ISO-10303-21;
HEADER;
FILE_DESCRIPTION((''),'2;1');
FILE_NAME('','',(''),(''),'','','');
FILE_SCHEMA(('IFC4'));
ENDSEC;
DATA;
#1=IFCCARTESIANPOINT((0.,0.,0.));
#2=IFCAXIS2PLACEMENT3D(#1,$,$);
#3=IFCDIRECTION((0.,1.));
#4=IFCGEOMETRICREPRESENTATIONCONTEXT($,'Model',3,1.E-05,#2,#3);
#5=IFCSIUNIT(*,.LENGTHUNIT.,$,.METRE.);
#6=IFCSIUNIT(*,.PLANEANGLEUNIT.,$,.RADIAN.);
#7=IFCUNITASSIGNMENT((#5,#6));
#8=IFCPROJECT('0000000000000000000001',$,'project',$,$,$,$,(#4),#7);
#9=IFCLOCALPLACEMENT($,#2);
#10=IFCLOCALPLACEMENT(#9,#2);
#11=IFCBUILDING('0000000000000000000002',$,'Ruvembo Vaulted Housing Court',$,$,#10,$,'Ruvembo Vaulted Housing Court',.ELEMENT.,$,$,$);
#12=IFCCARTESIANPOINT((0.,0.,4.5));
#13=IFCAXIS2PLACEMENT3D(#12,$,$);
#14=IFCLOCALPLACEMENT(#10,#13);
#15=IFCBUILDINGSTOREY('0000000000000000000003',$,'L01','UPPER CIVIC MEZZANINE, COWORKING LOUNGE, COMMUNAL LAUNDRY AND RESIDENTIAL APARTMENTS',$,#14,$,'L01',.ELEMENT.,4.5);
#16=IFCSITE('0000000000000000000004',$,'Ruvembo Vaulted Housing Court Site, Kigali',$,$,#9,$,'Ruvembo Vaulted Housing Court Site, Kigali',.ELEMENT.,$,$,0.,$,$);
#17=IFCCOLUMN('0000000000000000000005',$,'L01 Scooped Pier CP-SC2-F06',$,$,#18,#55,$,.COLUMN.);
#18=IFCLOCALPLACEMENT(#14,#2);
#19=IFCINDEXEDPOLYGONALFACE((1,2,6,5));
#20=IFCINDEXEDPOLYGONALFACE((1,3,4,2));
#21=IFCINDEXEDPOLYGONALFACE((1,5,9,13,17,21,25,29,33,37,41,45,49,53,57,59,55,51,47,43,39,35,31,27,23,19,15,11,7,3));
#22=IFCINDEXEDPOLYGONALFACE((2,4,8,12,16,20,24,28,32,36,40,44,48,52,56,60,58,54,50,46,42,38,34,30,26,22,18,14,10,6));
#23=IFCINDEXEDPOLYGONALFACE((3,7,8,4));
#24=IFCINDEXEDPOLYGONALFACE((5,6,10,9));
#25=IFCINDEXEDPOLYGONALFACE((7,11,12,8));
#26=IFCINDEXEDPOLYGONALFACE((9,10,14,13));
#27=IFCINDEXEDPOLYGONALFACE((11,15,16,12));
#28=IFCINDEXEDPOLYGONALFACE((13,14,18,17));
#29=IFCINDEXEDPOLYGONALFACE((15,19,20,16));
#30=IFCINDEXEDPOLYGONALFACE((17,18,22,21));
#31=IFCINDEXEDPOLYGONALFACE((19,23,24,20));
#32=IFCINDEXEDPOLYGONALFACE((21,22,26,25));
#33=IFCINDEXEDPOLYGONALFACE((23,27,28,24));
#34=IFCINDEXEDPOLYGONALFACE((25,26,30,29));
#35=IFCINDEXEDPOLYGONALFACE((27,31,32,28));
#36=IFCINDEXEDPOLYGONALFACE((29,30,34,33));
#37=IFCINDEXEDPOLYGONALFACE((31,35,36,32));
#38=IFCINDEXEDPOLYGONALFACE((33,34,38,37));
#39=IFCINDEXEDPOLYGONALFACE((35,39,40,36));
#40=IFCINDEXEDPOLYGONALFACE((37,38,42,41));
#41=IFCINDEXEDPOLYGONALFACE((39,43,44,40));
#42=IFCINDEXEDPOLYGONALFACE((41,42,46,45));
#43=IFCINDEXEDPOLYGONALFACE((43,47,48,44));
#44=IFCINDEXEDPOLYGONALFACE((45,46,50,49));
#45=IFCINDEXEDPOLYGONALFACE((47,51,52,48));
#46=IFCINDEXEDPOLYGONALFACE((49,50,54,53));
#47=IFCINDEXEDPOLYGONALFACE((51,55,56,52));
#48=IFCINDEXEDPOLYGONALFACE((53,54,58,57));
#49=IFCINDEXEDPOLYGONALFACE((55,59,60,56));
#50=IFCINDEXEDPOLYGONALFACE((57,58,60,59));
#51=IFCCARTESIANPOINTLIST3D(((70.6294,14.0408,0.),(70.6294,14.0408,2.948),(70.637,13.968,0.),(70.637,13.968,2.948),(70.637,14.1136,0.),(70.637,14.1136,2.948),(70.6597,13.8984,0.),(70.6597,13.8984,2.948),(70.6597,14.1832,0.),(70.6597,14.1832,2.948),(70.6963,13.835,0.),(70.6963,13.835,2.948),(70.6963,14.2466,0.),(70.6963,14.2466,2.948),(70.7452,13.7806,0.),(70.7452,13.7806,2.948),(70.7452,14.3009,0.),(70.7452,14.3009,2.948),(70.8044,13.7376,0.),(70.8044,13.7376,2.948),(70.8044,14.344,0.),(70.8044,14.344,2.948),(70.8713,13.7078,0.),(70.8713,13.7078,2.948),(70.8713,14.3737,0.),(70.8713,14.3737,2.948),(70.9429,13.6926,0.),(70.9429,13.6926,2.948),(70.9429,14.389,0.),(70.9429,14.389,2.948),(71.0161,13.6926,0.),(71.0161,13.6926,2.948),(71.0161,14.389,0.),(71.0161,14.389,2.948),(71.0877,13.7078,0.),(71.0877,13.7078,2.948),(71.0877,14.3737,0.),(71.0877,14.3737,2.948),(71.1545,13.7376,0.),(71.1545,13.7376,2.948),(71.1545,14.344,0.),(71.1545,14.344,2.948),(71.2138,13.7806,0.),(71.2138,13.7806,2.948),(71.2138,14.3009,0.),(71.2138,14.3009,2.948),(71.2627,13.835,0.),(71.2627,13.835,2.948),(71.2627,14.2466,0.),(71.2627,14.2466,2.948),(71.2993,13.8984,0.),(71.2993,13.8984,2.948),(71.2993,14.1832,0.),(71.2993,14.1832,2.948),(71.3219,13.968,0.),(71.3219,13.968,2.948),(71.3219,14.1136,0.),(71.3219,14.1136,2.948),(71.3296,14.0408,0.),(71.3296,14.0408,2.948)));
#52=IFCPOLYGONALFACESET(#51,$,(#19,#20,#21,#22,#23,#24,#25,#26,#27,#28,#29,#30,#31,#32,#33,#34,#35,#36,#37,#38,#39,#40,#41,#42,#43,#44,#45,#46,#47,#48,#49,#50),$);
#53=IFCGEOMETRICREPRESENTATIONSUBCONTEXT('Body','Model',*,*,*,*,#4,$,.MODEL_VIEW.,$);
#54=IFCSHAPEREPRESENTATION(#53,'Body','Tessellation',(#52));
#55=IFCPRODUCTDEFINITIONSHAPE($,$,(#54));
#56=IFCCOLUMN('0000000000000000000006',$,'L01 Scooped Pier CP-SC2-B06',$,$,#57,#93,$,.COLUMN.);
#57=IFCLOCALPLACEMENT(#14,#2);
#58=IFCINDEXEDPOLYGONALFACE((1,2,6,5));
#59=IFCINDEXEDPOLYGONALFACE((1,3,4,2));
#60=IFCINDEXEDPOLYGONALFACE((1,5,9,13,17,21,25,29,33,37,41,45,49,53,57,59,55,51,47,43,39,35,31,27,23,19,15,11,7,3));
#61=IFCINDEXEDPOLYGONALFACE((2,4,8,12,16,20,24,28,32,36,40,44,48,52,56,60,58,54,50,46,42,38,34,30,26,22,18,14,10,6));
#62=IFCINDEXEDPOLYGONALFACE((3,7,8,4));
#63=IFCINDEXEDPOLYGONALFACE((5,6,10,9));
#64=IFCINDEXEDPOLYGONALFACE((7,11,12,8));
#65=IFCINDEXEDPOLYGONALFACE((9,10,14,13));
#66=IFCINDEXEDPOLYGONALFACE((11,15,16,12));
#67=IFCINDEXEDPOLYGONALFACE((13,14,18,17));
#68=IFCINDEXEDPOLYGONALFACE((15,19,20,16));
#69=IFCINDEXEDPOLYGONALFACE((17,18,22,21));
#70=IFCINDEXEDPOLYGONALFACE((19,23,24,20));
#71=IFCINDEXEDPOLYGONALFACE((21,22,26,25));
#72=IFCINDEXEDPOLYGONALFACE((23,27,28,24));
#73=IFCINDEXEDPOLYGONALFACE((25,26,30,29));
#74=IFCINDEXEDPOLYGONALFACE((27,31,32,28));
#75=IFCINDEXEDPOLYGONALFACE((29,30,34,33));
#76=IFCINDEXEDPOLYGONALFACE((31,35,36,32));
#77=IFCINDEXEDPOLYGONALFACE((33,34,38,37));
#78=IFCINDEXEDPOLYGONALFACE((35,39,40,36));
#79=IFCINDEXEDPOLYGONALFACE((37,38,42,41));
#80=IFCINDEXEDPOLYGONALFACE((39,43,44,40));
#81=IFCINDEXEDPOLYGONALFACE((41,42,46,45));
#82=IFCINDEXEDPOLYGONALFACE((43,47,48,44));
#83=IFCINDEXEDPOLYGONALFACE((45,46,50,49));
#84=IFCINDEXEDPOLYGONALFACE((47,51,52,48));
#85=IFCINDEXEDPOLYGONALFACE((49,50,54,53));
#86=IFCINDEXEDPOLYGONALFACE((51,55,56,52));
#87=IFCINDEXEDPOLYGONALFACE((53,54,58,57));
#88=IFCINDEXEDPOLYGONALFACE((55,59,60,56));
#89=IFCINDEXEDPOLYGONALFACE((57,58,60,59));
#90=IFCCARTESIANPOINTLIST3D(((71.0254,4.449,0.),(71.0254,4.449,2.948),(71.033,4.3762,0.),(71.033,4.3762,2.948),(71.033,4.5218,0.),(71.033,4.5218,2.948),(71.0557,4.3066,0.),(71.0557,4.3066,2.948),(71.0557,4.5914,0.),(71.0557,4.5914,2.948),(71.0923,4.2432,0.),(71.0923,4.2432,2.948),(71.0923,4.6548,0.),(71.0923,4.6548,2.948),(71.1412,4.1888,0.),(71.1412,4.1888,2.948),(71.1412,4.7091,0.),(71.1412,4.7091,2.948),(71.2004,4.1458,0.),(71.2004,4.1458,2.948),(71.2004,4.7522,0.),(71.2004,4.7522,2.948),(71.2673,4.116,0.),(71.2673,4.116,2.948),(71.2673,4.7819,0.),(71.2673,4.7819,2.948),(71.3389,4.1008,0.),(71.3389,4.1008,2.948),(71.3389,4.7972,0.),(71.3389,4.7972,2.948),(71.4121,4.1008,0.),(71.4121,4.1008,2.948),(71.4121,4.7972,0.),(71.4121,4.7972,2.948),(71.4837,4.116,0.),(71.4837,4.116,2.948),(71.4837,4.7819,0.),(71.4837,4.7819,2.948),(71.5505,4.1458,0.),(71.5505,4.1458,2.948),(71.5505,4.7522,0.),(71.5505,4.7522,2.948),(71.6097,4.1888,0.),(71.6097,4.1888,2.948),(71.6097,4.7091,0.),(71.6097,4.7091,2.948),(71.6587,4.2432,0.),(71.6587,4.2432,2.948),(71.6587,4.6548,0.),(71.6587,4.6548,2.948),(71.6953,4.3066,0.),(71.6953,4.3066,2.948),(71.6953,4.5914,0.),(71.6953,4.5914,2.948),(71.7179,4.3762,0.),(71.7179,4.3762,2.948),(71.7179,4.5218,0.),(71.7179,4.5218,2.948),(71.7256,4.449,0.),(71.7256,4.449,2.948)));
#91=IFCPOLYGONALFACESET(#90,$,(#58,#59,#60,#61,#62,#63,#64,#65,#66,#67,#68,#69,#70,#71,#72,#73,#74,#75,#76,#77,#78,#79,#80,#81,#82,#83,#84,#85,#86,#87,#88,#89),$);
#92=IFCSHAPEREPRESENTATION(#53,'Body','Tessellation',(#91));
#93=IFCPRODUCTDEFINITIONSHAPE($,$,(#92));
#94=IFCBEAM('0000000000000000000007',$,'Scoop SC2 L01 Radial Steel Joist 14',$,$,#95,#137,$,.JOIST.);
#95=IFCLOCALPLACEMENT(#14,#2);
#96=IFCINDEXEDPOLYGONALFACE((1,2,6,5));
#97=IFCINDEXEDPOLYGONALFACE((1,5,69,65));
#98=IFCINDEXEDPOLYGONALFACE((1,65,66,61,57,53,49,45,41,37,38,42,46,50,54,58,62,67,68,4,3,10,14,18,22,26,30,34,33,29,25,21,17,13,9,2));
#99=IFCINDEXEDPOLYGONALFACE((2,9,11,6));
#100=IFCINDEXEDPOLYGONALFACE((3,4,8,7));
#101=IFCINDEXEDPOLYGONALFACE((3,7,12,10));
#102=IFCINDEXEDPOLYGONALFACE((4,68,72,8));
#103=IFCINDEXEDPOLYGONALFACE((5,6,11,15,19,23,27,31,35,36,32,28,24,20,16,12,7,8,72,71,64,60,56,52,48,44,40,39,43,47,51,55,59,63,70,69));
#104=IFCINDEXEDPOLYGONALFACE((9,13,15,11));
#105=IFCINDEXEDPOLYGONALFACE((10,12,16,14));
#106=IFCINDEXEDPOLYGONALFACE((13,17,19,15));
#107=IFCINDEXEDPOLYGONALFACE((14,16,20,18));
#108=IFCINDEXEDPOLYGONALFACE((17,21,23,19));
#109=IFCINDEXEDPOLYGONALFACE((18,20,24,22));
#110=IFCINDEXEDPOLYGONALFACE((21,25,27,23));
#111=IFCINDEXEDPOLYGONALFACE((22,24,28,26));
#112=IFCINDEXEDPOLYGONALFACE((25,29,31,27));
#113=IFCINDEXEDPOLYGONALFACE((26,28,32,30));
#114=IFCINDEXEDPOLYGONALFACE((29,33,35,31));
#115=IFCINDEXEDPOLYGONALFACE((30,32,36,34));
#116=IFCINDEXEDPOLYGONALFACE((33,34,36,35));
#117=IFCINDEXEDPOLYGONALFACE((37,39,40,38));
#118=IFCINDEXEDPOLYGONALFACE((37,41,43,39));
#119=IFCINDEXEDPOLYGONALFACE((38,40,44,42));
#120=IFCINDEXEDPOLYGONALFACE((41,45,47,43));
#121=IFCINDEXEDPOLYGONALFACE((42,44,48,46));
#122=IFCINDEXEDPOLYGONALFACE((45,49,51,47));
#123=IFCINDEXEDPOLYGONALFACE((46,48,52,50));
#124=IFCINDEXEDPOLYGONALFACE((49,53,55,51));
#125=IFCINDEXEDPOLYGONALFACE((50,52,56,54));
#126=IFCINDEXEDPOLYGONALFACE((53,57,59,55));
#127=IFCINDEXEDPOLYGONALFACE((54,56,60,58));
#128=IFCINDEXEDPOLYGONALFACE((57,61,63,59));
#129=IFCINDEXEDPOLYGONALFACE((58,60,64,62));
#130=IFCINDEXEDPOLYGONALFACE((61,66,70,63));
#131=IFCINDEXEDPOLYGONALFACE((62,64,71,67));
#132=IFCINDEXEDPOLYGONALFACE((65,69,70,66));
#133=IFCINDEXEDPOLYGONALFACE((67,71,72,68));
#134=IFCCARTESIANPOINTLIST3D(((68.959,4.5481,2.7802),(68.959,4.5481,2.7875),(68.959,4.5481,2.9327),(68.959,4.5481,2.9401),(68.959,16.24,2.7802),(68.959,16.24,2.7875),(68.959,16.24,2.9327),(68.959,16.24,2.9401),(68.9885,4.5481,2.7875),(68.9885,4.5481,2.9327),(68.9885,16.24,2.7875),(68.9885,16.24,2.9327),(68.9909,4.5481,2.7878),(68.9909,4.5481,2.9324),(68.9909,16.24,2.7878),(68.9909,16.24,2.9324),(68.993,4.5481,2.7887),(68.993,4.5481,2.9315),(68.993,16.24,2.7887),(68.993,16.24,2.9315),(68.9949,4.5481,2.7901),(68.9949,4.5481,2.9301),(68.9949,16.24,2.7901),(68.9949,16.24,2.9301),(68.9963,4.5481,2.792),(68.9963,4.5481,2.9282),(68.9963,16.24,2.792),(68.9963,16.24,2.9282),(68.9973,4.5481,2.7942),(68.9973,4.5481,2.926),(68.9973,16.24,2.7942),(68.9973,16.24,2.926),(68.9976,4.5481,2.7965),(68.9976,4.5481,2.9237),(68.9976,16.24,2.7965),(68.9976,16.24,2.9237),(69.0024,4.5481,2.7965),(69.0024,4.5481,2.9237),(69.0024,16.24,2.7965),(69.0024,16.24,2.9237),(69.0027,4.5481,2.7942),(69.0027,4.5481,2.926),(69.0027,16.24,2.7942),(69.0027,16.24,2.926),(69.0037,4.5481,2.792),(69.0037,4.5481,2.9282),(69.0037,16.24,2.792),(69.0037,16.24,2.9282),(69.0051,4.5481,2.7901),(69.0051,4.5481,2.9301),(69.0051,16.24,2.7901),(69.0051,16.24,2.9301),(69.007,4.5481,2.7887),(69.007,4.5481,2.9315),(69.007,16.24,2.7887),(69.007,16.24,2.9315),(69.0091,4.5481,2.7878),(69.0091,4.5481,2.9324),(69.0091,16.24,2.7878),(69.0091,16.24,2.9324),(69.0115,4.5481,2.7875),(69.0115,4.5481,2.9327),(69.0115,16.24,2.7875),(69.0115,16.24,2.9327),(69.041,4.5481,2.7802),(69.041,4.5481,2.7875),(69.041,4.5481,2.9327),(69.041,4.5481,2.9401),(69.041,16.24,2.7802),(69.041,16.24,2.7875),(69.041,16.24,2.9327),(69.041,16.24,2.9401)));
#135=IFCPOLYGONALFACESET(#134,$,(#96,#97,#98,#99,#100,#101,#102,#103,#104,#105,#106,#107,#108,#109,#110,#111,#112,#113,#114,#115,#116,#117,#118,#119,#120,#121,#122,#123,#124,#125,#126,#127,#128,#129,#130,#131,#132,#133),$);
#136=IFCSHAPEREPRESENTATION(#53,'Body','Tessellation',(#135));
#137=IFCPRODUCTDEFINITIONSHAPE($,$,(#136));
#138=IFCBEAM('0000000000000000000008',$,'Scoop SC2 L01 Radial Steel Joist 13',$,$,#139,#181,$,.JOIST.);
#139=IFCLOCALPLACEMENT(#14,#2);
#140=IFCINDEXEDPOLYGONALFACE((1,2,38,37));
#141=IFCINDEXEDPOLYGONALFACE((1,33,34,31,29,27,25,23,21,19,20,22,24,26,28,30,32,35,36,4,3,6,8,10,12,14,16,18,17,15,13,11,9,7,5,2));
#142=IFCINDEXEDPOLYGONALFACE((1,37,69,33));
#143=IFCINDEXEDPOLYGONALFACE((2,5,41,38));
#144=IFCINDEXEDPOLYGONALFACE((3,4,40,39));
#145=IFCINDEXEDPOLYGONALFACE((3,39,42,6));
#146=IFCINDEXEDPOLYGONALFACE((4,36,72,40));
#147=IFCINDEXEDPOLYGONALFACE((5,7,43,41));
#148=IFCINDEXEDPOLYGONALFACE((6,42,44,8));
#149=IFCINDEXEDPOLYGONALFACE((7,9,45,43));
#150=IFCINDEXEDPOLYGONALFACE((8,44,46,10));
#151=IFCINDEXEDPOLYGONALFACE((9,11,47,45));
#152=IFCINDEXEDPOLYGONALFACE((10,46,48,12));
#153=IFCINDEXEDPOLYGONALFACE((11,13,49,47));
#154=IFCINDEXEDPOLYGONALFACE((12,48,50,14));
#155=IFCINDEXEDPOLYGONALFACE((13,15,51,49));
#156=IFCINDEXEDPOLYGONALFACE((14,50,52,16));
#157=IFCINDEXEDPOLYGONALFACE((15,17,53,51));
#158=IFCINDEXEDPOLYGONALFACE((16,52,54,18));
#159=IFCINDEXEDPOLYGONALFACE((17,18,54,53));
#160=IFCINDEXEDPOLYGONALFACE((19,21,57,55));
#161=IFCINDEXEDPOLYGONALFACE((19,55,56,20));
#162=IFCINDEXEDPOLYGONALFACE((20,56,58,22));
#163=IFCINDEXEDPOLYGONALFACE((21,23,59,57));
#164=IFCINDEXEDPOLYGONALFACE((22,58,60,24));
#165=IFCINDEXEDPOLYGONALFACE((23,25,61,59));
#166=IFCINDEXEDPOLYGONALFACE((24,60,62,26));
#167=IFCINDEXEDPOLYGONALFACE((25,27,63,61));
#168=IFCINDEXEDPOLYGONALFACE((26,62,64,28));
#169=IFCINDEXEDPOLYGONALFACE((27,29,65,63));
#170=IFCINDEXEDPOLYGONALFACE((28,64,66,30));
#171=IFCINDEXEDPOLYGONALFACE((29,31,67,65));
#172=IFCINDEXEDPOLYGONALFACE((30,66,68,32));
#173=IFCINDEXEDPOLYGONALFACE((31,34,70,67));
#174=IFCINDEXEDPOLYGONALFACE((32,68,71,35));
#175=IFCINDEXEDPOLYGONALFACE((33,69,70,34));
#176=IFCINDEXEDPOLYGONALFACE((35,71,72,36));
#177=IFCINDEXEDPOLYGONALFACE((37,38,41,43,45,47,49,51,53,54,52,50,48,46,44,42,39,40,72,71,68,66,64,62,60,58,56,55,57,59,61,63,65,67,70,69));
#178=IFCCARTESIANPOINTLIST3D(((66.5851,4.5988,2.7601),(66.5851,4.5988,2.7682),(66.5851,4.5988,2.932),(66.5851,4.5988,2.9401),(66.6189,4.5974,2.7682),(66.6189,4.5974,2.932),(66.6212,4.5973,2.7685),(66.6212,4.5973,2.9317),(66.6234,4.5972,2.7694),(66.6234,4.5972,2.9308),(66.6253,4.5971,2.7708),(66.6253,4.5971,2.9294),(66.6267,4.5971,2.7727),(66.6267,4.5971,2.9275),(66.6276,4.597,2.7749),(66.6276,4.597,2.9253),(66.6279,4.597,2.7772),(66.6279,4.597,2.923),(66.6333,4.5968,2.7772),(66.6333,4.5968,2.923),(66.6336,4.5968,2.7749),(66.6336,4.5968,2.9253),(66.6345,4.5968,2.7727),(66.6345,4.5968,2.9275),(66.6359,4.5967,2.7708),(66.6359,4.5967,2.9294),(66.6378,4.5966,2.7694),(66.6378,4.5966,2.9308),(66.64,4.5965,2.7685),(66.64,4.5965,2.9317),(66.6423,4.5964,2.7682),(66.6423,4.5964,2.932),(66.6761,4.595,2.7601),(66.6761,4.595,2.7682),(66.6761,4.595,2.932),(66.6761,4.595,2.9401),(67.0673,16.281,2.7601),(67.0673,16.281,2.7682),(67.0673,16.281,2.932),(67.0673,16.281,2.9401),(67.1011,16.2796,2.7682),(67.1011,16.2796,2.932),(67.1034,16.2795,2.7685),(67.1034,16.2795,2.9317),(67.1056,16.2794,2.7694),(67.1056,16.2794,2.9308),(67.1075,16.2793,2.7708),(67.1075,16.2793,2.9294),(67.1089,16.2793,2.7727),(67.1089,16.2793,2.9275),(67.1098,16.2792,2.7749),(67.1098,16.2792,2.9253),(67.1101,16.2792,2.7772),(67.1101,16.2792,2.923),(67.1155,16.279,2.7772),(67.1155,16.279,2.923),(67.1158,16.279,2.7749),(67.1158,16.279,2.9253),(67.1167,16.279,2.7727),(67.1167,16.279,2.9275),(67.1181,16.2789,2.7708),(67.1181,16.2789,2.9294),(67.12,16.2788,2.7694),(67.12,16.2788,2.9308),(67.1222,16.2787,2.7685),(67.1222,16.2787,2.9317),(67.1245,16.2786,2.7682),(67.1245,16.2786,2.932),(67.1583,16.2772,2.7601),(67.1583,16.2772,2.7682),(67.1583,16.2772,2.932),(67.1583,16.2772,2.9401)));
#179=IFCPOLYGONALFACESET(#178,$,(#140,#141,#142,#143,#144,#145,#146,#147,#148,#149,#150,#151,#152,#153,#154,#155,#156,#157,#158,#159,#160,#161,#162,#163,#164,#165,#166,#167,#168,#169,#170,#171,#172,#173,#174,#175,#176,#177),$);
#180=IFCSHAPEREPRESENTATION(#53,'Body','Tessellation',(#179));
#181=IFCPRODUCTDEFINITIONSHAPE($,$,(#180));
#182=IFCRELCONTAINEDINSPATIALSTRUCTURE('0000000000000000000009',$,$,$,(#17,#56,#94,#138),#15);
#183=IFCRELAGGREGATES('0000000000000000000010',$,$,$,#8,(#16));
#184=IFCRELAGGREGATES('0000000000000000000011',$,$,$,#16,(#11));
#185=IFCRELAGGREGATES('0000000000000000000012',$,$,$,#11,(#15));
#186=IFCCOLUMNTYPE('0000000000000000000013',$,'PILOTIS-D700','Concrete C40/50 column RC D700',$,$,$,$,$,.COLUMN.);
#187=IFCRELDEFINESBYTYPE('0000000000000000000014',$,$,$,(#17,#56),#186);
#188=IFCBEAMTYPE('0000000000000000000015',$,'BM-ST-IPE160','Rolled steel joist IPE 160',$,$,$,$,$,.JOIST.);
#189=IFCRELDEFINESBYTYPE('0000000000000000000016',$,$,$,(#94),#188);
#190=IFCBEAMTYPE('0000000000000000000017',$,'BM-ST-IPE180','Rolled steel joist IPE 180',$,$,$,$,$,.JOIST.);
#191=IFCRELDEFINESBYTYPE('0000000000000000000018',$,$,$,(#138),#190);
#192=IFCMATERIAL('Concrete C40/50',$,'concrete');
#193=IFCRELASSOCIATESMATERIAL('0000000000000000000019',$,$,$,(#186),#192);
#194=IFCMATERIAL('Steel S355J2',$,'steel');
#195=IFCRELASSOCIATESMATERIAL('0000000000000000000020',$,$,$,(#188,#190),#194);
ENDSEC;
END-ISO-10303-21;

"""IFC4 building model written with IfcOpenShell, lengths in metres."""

from ifc_helpers import new_model, si_unit, direction, frame, origin, origin_2d, place, context, subcontext, project, spatial, circle, i_section, extrude, material, material_profile, profile_set, type_object, element, save


model = new_model("IFC4")

# Units and contexts
model_context = context("Model", 3, precision=1e-05, world=origin(), true_north=direction((0.0, 1.0)))
body_context = subcontext(model_context, "Body", "Model", "MODEL_VIEW")
ifc_project = project(units=[si_unit("LENGTHUNIT", "METRE"), si_unit("PLANEANGLEUNIT", "RADIAN")], contexts=[model_context])

# Site, building, storey
site_placement = place(None, origin())
site = spatial("IfcSite", under=ifc_project, at=site_placement, Name="Ruvembo Vaulted Housing Court Site, Kigali", LongName="Ruvembo Vaulted Housing Court Site, Kigali", CompositionType="ELEMENT", RefElevation=0.0)
building_placement = place(site_placement, origin())
building = spatial("IfcBuilding", under=site, at=building_placement, Name="Ruvembo Vaulted Housing Court", LongName="Ruvembo Vaulted Housing Court", CompositionType="ELEMENT")
storey_placement = place(building_placement, frame((0.0, 0.0, 4.5)))
storey = spatial("IfcBuildingStorey", under=building, at=storey_placement, Name="L01", Description="UPPER CIVIC MEZZANINE, COWORKING LOUNGE, COMMUNAL LAUNDRY AND RESIDENTIAL APARTMENTS", LongName="L01", CompositionType="ELEMENT", Elevation=4.5)

# Columns
ifc_material_1 = material(Name="Concrete C40/50", Category="concrete")
ifc_material_profile_1 = material_profile(ifc_material_1, circle(Radius=0.3501, at=origin_2d()), Name="RC D700")
ifc_profile_set_1 = profile_set([ifc_material_profile_1], Name="Concrete C40/50")
column_type = type_object("IfcColumnType", Name="PILOTIS-D700", Description="Concrete C40/50 column RC D700", PredefinedType="COLUMN", material=ifc_profile_set_1)
for number, where, z_axis, x_axis, name in (
    (1, (70.9795, 14.0408, 0.0), (0.0, 0.0, 1.0), (1.0, 0.0, 0.0), "L01 Scooped Pier CP-SC2-F06"),
    (2, (71.3755, 4.449, 0.0), (0.0, 0.0, 1.0), (1.0, 0.0, 0.0), "L01 Scooped Pier CP-SC2-B06"),
):
    element("IfcColumn", number, at=place(storey_placement, frame(where, z_axis=z_axis, x_axis=x_axis)), inside=storey, type_object=column_type, Name=name, PredefinedType="COLUMN", context=body_context, shape_type="SweptSolid", body=[
        extrude(circle(Radius=0.3501, at=origin_2d()), origin(), (0.0, 0.0, 1.0), 2.948),
    ])

# Beams
ifc_material_2 = material(Name="Steel S355J2", Category="steel")
ifc_material_profile_2 = material_profile(ifc_material_2, i_section(OverallWidth=0.082, OverallDepth=0.1599, WebThickness=0.0049, FlangeThickness=0.0073, FilletRadius=0.009, at=origin_2d()), Name="IPE 160")
ifc_profile_set_2 = profile_set([ifc_material_profile_2], Name="Steel S355J2")
beam_type_1 = type_object("IfcBeamType", Name="BM-ST-IPE160", Description="Rolled steel joist IPE 160", PredefinedType="JOIST", material=ifc_profile_set_2)
beam_1_placement = place(storey_placement, frame((69.0, 4.5481, 2.8601), z_axis=(0.0, 1.0, 0.0), x_axis=(-1.0, 0.0, 0.0)))
element("IfcBeam", 3, at=beam_1_placement, inside=storey, type_object=beam_type_1, Name="Scoop SC2 L01 Radial Steel Joist 14", PredefinedType="JOIST", context=body_context, shape_type="SweptSolid", body=[
    extrude(i_section(OverallWidth=0.082, OverallDepth=0.1599, WebThickness=0.0049, FlangeThickness=0.0073, FilletRadius=0.009, at=origin_2d()), origin(), (0.0, 0.0, 1.0), 11.6919),
])
ifc_material_profile_3 = material_profile(ifc_material_2, i_section(OverallWidth=0.0911, OverallDepth=0.1799, WebThickness=0.0054, FlangeThickness=0.0081, FilletRadius=0.009, at=origin_2d()), Name="IPE 180")
ifc_profile_set_3 = profile_set([ifc_material_profile_3], Name="Steel S355J2")
beam_type_2 = type_object("IfcBeamType", Name="BM-ST-IPE180", Description="Rolled steel joist IPE 180", PredefinedType="JOIST", material=ifc_profile_set_3)
beam_2_placement = place(storey_placement, frame((66.6306, 4.5969, 2.8501), z_axis=(0.04124, 0.999149, 0.0), x_axis=(-0.999149, 0.04124, 0.0)))
element("IfcBeam", 4, at=beam_2_placement, inside=storey, type_object=beam_type_2, Name="Scoop SC2 L01 Radial Steel Joist 13", PredefinedType="JOIST", context=body_context, shape_type="SweptSolid", body=[
    extrude(i_section(OverallWidth=0.0911, OverallDepth=0.1799, WebThickness=0.0054, FlangeThickness=0.0081, FilletRadius=0.009, at=origin_2d()), origin(), (0.0, 0.0, 1.0), 11.6921),
])

save(model, "model.ifc")
